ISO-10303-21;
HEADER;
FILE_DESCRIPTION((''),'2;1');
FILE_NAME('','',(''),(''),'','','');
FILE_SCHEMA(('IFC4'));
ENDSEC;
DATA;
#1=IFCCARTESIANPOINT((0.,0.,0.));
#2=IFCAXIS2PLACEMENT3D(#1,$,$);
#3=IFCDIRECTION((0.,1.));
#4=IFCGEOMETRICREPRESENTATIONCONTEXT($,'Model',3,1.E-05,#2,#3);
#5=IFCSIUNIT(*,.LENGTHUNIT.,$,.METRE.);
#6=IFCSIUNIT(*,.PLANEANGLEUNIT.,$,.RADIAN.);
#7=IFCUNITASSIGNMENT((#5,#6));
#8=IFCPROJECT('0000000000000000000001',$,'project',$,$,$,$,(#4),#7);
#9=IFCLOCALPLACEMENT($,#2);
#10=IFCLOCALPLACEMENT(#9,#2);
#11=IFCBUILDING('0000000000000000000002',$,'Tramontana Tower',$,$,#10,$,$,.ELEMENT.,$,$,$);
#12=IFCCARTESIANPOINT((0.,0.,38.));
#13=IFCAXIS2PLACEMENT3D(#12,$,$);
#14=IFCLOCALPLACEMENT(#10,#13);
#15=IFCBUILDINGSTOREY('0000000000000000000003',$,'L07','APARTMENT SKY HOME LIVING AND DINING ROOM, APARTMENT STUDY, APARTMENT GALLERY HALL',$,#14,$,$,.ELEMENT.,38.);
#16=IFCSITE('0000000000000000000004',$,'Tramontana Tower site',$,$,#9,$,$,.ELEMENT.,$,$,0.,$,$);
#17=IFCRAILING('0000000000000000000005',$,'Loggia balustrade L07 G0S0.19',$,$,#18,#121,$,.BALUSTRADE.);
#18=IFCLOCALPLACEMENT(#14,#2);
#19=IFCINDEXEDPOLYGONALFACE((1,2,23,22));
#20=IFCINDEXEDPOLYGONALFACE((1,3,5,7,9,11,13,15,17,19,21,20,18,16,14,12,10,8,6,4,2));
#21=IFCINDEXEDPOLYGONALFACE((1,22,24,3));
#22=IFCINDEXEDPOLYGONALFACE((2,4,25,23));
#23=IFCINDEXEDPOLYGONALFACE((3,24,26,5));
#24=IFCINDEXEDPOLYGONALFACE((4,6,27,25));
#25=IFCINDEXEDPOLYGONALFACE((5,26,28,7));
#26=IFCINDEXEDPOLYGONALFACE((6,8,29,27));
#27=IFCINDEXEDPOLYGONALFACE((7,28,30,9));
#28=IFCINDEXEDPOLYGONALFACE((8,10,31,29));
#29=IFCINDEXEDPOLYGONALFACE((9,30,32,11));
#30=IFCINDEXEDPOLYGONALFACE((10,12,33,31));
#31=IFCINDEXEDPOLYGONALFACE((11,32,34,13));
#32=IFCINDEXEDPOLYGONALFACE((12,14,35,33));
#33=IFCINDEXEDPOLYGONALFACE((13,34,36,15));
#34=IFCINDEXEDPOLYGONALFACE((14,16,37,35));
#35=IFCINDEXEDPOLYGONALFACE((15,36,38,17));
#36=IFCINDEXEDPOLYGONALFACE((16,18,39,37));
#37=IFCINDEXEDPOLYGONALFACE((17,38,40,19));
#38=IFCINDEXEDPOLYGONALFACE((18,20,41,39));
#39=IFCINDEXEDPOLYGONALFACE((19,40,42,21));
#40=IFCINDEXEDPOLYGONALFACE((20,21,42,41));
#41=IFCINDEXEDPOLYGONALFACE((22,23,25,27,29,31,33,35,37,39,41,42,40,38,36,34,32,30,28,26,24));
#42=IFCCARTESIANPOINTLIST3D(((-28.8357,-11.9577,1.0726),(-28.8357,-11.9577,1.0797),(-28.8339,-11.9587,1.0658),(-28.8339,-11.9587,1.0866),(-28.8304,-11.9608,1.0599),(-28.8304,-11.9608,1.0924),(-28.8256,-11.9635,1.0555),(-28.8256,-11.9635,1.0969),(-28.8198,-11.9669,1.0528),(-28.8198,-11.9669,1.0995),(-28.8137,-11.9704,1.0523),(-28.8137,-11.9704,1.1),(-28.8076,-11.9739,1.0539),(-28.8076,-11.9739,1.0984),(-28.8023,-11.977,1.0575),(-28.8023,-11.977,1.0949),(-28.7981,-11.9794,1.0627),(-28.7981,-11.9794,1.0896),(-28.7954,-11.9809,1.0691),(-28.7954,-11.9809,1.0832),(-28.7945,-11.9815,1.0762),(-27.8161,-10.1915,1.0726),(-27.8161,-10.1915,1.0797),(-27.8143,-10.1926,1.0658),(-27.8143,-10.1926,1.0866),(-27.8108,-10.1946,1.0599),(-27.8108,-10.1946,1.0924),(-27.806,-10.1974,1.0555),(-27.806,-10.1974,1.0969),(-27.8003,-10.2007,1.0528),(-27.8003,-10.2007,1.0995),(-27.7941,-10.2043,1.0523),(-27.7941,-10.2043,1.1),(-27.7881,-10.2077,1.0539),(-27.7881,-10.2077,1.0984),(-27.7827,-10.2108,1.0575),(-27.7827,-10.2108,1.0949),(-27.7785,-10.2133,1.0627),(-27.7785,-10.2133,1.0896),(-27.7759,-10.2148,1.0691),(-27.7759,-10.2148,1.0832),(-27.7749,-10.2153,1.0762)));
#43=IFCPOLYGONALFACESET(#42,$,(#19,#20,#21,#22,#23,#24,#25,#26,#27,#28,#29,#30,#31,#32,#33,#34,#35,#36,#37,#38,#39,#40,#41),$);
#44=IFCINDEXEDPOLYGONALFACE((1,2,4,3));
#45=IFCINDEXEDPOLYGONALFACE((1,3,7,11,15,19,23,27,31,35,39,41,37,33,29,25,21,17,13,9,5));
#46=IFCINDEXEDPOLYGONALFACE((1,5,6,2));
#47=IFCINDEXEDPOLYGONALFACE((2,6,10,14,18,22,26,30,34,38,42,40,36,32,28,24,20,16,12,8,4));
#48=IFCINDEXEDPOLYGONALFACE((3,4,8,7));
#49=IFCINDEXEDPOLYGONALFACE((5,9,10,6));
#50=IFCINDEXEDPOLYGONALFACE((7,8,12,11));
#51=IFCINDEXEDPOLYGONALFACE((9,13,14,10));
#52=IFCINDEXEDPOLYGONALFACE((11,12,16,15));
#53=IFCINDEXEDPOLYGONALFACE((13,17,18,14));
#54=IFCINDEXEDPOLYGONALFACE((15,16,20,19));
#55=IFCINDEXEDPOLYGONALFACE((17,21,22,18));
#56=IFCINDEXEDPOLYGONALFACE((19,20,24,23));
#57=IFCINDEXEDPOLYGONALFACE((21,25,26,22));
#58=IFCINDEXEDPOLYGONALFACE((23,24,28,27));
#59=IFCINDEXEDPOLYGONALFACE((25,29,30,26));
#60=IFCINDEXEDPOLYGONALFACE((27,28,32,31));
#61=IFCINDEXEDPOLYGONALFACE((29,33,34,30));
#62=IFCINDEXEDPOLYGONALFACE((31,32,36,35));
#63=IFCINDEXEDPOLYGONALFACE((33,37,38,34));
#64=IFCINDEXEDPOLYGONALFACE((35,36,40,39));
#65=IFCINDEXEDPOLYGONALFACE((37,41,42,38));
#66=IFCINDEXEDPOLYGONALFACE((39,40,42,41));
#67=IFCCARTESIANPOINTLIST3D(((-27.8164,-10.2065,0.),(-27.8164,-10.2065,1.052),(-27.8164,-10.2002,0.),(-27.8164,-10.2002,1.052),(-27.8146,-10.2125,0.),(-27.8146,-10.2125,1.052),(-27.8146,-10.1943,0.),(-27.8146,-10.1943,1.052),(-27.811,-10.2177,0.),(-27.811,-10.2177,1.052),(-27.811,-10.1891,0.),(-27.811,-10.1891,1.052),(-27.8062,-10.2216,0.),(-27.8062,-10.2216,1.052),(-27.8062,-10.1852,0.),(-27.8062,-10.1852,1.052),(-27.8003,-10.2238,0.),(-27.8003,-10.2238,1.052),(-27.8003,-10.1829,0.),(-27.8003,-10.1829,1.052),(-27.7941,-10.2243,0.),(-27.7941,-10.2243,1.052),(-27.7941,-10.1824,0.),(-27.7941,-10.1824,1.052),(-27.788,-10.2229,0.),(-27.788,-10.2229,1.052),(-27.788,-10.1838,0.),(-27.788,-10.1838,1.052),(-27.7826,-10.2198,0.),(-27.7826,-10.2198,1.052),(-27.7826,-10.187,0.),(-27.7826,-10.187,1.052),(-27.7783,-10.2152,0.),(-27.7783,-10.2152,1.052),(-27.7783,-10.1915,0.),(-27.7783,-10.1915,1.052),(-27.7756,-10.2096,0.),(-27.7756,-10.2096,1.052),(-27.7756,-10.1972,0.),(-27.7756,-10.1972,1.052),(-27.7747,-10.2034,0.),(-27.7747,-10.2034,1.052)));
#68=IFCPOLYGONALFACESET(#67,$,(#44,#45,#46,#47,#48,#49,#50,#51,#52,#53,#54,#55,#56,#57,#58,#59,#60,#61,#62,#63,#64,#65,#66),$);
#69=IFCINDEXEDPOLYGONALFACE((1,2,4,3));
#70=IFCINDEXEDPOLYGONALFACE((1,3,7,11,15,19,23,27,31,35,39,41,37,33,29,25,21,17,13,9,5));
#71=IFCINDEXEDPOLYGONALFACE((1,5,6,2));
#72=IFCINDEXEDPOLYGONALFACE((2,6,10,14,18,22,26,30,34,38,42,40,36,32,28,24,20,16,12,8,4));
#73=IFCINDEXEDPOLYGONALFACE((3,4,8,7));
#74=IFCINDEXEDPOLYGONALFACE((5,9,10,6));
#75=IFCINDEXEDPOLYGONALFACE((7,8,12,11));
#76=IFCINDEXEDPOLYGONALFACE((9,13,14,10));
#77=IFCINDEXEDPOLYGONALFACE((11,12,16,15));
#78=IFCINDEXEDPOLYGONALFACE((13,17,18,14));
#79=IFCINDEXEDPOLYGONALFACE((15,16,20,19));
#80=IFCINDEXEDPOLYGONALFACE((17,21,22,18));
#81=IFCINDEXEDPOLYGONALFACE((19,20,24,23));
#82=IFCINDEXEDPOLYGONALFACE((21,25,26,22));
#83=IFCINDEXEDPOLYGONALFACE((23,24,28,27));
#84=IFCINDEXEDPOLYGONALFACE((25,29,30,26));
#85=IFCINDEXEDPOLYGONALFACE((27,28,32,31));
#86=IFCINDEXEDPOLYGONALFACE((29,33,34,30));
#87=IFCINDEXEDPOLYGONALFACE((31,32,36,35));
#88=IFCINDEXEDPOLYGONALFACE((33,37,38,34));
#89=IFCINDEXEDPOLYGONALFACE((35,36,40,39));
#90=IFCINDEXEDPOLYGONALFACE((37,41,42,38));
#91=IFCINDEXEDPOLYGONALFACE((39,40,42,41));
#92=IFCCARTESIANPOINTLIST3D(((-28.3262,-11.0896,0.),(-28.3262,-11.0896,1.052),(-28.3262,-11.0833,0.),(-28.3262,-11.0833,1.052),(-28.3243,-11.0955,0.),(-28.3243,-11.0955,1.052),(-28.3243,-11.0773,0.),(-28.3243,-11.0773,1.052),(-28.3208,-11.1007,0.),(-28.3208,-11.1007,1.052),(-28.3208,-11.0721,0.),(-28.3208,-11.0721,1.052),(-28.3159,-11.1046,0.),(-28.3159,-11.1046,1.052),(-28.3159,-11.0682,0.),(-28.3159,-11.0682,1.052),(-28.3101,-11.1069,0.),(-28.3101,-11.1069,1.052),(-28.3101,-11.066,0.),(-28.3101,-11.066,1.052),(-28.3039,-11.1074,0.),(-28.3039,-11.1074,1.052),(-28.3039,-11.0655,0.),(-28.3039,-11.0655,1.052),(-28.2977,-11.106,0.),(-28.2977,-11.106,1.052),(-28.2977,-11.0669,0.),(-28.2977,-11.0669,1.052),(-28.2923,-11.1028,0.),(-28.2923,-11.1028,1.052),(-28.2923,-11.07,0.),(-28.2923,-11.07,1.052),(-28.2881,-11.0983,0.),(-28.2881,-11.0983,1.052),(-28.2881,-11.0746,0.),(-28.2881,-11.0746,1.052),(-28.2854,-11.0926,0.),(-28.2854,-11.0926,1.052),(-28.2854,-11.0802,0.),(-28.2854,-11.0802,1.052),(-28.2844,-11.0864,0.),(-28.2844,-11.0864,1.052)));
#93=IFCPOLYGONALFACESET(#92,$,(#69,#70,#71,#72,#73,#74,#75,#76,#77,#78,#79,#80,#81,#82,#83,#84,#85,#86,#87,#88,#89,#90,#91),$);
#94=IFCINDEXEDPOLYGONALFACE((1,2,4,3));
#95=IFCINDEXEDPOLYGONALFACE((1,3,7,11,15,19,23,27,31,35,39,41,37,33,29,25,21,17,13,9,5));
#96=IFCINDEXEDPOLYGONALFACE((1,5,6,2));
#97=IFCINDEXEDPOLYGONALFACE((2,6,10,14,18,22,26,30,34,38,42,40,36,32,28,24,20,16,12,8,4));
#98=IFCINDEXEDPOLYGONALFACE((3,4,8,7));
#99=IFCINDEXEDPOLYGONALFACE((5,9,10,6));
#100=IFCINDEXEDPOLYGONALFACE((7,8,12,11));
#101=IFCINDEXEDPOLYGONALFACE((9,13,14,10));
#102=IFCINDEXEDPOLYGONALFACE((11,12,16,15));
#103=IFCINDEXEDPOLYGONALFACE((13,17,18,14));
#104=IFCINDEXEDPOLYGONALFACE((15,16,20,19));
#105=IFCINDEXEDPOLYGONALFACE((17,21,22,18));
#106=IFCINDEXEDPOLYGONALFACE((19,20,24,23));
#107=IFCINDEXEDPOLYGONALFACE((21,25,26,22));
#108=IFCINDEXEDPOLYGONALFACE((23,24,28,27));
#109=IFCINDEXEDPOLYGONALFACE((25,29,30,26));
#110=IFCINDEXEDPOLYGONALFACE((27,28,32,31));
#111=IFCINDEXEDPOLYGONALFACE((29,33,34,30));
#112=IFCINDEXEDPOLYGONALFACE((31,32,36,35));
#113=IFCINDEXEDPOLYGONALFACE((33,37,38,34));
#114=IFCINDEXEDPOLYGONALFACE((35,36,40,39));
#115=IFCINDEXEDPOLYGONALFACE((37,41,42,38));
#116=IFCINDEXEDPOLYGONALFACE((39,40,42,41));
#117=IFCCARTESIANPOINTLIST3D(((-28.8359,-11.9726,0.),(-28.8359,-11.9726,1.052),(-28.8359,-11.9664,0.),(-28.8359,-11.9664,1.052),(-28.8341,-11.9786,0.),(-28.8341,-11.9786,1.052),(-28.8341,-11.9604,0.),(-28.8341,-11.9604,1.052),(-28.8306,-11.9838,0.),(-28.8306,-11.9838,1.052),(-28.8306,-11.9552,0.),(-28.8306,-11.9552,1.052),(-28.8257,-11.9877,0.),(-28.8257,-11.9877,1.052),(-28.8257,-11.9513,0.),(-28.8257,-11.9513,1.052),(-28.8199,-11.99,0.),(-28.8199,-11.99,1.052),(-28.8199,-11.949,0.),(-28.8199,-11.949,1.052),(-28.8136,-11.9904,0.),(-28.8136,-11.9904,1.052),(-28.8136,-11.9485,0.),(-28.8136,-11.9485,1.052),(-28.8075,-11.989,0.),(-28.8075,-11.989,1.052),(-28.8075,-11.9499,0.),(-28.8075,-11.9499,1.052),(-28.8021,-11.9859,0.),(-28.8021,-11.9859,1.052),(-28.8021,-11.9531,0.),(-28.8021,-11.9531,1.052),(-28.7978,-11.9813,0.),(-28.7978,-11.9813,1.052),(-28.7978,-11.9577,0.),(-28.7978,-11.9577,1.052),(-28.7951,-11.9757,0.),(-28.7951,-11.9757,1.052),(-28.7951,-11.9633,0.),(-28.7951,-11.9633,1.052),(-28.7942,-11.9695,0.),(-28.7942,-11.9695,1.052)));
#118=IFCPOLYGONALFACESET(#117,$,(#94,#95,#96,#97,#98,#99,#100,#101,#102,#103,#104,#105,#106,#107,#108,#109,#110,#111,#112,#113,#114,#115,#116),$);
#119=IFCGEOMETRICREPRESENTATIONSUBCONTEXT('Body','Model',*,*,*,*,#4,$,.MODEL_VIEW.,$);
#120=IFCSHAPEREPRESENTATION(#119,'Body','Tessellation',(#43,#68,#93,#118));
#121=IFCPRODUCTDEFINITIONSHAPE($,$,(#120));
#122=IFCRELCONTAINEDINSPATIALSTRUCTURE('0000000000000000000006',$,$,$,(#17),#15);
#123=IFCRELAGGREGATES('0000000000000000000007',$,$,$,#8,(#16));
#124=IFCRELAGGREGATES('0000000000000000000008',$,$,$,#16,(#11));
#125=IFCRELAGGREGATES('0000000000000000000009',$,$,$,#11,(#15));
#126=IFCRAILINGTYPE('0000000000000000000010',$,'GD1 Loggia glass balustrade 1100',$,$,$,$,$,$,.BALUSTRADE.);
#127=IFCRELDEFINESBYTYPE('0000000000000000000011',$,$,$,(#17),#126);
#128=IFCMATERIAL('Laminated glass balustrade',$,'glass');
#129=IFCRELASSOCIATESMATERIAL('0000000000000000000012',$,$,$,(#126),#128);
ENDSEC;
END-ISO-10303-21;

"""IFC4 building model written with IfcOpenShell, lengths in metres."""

from ifc_helpers import new_model, si_unit, direction, frame, origin, origin_2d, place, context, subcontext, project, spatial, circle, extrude, material, type_object, element, save


model = new_model("IFC4")

# Units and contexts
model_context = context("Model", 3, precision=1e-05, world=origin(), true_north=direction((0.0, 1.0)))
body_context = subcontext(model_context, "Body", "Model", "MODEL_VIEW")
ifc_project = project(units=[si_unit("LENGTHUNIT", "METRE"), si_unit("PLANEANGLEUNIT", "RADIAN")], contexts=[model_context])

# Site, building, storey
site_placement = place(None, origin())
site = spatial("IfcSite", under=ifc_project, at=site_placement, Name="Tramontana Tower site", CompositionType="ELEMENT", RefElevation=0.0)
building_placement = place(site_placement, origin())
building = spatial("IfcBuilding", under=site, at=building_placement, Name="Tramontana Tower", CompositionType="ELEMENT")
storey_placement = place(building_placement, frame((0.0, 0.0, 38.0)))
storey = spatial("IfcBuildingStorey", under=building, at=storey_placement, Name="L07", Description="APARTMENT SKY HOME LIVING AND DINING ROOM, APARTMENT STUDY, APARTMENT GALLERY HALL", CompositionType="ELEMENT", Elevation=38.0)

# Railing
ifc_material_1 = material(Name="Laminated glass balustrade", Category="glass")
railing_type = type_object("IfcRailingType", Name="GD1 Loggia glass balustrade 1100", PredefinedType="BALUSTRADE", material=ifc_material_1)
railing_placement = place(storey_placement, frame((-27.7957, -10.2034, 0.0)))
element("IfcRailing", 1, at=railing_placement, inside=storey, type_object=railing_type, Name="Loggia balustrade L07 G0S0.19", PredefinedType="BALUSTRADE", context=body_context, shape_type="SweptSolid", body=[
    extrude(circle(Radius=0.0239, at=origin_2d()), frame((0.0, 0.0, 1.0762), z_axis=(-0.49995, -0.866054, 0.0), x_axis=(0.866054, -0.49995, 0.0)), (0.0, 0.0, 1.0), 2.0393),
    extrude(circle(Radius=0.021, at=origin_2d()), origin(), (0.0, 0.0, 1.0), 1.052),
    extrude(circle(Radius=0.021, at=origin_2d()), frame((-0.5098, -0.8831, 0.0)), (0.0, 0.0, 1.0), 1.052),
    extrude(circle(Radius=0.021, at=origin_2d()), frame((-1.0195, -1.7661, 0.0)), (0.0, 0.0, 1.0), 1.052),
])

save(model, "model.ifc")
